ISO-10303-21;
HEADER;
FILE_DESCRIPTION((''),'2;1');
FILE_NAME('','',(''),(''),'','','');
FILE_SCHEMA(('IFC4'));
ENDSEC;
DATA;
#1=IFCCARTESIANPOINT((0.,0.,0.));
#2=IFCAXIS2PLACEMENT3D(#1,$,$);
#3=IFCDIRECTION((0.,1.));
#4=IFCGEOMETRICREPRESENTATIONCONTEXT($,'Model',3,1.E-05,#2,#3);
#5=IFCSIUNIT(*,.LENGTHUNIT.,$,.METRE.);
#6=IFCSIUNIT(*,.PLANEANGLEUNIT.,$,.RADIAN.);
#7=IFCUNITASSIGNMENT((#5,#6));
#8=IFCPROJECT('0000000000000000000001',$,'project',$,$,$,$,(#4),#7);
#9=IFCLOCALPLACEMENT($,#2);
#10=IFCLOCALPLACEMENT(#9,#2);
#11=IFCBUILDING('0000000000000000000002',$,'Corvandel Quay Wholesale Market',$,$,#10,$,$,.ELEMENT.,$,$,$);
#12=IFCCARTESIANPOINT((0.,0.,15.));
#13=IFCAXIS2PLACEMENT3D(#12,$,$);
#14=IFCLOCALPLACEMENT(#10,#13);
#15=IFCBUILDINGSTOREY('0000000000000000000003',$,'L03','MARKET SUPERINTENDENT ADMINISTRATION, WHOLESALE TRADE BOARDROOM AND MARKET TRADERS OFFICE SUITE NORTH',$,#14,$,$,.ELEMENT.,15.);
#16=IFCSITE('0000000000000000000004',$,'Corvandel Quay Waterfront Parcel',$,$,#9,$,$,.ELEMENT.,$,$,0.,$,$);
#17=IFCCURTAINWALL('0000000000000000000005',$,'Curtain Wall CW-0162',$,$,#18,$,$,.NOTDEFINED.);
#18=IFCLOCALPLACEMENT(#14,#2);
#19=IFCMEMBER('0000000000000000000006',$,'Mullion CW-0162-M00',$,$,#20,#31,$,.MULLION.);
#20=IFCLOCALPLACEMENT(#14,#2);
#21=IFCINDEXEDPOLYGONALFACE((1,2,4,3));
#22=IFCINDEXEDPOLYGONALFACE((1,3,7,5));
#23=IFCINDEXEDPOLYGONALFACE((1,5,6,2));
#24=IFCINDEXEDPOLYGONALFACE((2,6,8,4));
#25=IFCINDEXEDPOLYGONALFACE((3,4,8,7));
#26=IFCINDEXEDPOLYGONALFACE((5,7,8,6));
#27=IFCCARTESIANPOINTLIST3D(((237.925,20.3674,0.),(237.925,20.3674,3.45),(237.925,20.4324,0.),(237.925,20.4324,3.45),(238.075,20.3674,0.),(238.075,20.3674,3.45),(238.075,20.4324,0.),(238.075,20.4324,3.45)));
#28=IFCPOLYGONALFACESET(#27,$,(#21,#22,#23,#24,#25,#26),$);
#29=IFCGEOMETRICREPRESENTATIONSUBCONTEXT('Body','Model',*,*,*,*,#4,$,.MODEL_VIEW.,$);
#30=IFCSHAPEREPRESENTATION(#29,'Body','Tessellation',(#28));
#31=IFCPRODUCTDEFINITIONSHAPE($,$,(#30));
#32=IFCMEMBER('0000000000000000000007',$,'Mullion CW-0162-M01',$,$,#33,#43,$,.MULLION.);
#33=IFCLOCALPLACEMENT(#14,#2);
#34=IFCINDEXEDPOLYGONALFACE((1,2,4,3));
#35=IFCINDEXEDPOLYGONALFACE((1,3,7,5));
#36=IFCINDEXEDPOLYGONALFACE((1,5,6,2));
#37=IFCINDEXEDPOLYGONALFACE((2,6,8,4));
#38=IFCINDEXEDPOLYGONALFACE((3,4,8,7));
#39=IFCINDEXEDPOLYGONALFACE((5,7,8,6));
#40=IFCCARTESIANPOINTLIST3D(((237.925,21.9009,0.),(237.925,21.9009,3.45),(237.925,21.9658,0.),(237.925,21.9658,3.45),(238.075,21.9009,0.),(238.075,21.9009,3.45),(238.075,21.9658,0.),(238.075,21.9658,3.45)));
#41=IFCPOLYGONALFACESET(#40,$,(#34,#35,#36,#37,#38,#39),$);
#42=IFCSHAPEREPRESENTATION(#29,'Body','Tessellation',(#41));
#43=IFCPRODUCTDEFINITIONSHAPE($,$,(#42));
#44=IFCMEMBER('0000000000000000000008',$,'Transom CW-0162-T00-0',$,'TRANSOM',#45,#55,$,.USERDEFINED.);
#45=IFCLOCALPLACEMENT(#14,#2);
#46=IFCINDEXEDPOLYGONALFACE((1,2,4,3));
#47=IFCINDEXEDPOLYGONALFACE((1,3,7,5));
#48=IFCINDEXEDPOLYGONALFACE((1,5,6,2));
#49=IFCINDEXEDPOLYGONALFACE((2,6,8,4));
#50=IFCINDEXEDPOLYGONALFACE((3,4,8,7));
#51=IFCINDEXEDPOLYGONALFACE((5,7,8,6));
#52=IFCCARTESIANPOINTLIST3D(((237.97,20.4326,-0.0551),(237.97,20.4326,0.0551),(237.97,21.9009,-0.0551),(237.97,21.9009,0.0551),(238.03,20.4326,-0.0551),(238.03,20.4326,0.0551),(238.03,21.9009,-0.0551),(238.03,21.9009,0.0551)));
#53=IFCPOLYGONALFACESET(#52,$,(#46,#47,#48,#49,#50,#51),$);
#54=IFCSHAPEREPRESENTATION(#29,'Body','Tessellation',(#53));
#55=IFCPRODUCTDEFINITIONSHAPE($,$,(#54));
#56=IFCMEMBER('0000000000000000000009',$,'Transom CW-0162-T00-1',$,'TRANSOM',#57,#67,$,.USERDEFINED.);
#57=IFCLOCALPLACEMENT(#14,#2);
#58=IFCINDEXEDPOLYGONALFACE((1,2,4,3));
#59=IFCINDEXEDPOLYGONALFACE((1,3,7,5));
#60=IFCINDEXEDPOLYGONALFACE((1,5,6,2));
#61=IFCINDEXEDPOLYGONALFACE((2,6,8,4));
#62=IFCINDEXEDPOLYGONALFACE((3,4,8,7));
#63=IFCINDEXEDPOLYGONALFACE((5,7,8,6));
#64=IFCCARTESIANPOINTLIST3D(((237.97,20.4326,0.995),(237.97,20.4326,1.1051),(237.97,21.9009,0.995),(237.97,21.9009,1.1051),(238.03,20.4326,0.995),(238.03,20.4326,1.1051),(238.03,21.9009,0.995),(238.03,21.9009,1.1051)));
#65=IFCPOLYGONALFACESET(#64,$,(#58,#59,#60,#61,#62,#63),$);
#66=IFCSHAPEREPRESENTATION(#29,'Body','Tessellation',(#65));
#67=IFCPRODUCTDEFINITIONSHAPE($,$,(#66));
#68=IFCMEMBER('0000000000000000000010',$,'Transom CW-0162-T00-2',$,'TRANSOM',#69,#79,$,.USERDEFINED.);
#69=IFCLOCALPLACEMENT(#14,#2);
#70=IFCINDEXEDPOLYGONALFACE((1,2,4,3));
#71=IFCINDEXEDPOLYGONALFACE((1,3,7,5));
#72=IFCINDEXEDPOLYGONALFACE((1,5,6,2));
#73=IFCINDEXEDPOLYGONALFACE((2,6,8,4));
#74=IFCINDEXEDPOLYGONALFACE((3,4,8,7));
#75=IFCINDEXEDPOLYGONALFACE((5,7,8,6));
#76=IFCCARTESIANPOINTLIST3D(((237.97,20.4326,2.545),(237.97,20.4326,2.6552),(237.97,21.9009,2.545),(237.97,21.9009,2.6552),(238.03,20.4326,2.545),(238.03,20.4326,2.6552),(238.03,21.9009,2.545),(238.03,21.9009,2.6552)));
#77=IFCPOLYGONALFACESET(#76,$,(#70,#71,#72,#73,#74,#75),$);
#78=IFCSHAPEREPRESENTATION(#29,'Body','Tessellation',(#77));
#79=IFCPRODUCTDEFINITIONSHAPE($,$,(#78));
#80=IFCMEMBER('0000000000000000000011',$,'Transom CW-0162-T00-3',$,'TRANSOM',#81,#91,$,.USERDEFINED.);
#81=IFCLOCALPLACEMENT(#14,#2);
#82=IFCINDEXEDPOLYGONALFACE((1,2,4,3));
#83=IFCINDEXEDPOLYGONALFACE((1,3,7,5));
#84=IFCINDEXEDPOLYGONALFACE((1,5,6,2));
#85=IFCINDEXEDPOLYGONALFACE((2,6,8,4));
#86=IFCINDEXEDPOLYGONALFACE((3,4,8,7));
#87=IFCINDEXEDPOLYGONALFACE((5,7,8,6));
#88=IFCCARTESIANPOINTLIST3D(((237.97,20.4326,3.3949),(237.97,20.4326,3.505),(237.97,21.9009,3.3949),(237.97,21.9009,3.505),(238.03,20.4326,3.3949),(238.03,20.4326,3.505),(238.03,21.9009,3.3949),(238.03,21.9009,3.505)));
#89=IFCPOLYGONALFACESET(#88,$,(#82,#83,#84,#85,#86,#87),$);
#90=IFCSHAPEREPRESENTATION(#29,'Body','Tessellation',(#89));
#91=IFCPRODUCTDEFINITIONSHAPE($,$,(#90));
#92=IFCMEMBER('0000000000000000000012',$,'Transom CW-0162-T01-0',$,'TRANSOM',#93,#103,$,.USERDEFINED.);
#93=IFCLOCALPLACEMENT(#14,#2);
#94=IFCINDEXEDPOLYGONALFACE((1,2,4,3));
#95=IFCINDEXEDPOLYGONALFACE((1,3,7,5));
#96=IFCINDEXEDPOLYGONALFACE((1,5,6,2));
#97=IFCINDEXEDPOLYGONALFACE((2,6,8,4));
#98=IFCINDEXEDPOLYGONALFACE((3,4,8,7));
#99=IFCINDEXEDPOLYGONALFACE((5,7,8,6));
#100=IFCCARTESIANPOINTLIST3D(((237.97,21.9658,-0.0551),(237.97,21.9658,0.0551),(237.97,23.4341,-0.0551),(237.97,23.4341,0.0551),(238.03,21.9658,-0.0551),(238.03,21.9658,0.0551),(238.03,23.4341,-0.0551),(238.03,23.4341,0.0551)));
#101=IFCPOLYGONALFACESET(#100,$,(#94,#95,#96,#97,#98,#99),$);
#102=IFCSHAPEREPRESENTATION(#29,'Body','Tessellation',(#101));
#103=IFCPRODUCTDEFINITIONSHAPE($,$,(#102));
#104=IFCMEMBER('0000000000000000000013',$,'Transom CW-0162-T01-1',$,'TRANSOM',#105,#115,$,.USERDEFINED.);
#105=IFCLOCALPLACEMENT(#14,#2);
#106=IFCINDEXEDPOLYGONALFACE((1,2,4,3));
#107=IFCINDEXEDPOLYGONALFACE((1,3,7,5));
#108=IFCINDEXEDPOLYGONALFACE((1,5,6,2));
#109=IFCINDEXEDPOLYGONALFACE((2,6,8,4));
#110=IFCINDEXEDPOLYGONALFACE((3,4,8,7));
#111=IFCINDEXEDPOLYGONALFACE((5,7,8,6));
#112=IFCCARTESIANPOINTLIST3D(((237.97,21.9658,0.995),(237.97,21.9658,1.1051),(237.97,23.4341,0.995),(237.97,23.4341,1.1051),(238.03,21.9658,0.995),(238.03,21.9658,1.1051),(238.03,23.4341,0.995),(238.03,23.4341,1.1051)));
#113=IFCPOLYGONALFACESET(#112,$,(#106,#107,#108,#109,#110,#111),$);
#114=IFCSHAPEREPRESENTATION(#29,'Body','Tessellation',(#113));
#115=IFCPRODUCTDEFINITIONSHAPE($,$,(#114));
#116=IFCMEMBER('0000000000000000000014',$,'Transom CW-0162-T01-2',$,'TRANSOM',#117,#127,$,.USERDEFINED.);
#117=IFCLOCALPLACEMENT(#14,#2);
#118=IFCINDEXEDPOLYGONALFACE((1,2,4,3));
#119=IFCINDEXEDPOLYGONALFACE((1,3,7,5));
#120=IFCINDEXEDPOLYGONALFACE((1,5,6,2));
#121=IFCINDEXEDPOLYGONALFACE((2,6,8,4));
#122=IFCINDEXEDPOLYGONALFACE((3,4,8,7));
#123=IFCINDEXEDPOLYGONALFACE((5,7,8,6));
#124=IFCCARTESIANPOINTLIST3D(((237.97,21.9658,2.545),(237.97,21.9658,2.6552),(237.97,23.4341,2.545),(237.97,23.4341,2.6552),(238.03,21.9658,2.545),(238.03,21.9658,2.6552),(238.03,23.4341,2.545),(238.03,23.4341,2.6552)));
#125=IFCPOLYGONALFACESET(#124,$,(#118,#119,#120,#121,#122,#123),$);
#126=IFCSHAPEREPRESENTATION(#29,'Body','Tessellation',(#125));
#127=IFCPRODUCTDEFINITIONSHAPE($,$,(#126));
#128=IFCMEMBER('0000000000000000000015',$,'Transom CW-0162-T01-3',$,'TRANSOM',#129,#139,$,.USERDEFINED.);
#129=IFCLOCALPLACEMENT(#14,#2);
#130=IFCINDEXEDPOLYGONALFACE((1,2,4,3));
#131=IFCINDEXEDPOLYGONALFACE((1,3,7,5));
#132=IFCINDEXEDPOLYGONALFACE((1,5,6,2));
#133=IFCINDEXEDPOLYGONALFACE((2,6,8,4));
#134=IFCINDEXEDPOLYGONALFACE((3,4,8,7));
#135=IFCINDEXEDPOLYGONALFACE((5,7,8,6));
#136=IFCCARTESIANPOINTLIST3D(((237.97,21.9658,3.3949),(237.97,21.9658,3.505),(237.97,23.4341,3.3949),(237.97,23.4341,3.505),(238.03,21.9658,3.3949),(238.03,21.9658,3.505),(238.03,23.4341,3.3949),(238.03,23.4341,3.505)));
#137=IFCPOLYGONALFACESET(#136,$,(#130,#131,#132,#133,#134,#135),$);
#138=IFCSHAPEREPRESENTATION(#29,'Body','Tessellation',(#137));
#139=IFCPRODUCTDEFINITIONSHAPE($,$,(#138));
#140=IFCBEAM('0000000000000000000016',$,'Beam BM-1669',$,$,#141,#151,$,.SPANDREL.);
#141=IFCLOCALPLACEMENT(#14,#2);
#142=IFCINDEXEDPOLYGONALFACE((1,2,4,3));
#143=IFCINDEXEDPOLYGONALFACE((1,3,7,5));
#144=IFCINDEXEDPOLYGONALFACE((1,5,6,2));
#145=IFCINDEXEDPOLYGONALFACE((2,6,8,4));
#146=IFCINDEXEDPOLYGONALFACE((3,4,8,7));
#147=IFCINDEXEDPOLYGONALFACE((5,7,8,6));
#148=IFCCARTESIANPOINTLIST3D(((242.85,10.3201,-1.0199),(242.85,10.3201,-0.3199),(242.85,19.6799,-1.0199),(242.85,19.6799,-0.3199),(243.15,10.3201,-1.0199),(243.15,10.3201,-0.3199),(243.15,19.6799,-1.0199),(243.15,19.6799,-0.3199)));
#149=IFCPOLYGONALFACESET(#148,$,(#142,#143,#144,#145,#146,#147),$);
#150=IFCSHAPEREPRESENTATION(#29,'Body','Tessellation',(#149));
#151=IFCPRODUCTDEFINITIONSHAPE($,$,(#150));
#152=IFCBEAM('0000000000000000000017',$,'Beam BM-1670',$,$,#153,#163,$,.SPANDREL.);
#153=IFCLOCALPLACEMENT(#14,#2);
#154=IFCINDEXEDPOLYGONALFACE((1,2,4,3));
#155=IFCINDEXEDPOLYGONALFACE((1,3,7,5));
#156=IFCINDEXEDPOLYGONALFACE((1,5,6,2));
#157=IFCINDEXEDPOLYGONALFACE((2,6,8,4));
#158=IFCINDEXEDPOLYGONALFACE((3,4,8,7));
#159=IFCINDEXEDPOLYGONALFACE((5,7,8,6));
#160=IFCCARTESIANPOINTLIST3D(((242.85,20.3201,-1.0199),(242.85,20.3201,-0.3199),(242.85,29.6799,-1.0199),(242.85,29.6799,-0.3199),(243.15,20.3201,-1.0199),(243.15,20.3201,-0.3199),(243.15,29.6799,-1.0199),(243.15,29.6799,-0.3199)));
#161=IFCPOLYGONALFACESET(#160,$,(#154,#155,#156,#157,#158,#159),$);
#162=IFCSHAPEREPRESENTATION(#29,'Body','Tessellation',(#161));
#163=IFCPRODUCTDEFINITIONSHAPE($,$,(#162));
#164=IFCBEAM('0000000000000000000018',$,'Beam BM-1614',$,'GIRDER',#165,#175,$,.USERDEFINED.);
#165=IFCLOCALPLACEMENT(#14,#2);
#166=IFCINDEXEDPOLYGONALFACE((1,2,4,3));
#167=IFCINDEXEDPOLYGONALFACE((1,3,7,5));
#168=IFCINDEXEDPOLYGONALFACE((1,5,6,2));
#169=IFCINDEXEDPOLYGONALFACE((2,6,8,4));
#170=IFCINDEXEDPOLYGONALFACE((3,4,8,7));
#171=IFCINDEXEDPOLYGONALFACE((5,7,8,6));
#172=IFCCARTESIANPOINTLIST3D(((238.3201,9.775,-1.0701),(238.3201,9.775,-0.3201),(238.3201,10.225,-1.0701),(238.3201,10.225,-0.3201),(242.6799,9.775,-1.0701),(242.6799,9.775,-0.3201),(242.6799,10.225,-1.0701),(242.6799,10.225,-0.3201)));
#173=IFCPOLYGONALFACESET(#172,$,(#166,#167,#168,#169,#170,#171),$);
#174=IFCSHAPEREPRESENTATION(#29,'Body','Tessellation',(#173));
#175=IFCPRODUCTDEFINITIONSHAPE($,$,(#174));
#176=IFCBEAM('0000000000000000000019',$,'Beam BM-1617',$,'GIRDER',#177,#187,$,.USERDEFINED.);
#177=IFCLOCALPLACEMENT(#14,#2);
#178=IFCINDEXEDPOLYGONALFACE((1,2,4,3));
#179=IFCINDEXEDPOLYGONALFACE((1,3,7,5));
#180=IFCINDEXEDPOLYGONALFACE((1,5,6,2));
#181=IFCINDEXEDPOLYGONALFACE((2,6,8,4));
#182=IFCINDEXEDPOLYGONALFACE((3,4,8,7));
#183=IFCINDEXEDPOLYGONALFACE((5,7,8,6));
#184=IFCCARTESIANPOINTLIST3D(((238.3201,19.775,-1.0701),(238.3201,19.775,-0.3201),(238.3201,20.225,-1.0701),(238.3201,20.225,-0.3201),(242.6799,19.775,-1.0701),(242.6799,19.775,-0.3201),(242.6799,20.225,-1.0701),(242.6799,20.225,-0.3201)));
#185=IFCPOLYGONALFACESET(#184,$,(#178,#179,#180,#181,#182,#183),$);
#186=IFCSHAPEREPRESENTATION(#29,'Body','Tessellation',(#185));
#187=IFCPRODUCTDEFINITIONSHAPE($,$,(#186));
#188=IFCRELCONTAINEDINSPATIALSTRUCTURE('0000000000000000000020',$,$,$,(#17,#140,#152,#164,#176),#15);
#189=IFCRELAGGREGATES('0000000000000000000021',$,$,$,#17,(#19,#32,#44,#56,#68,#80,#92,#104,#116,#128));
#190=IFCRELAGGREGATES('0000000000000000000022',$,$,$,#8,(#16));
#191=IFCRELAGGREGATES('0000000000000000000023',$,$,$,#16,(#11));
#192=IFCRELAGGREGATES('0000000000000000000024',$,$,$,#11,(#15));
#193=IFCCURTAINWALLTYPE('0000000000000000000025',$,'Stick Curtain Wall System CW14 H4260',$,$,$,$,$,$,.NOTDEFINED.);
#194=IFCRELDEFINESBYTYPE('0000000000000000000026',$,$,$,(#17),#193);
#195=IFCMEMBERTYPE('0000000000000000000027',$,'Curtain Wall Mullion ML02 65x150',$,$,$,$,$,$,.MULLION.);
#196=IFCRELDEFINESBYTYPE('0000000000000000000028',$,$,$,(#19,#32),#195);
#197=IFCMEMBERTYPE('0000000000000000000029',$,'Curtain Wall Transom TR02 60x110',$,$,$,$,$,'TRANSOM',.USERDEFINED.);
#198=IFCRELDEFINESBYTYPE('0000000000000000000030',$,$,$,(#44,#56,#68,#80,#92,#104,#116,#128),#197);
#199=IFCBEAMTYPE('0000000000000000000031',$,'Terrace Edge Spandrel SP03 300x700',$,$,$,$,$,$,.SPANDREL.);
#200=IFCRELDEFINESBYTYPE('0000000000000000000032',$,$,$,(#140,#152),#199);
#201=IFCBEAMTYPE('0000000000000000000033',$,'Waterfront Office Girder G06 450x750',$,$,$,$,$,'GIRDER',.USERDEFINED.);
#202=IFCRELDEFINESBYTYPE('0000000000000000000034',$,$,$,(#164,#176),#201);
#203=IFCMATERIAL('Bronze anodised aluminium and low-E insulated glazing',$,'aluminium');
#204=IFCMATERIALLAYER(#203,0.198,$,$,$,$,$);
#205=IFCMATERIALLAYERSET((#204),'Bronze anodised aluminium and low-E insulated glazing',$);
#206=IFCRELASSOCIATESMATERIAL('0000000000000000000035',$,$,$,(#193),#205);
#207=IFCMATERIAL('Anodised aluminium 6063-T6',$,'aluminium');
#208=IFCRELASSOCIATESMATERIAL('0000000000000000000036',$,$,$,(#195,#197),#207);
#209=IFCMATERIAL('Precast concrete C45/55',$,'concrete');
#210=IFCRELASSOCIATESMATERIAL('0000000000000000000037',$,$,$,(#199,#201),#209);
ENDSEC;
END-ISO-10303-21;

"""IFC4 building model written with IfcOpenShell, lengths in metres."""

from ifc_helpers import new_model, si_unit, direction, frame, origin, origin_2d, place, context, subcontext, project, spatial, rectangle, extrude, material, layer, layer_set, material_profile, profile_set, type_object, element, aggregate, save


model = new_model("IFC4")

# Units and contexts
model_context = context("Model", 3, precision=1e-05, world=origin(), true_north=direction((0.0, 1.0)))
body_context = subcontext(model_context, "Body", "Model", "MODEL_VIEW")
ifc_project = project(units=[si_unit("LENGTHUNIT", "METRE"), si_unit("PLANEANGLEUNIT", "RADIAN")], contexts=[model_context])

# Site, building, storey
site_placement = place(None, origin())
site = spatial("IfcSite", under=ifc_project, at=site_placement, Name="Corvandel Quay Waterfront Parcel", CompositionType="ELEMENT", RefElevation=0.0)
building_placement = place(site_placement, origin())
building = spatial("IfcBuilding", under=site, at=building_placement, Name="Corvandel Quay Wholesale Market", CompositionType="ELEMENT")
storey_placement = place(building_placement, frame((0.0, 0.0, 15.0)))
storey = spatial("IfcBuildingStorey", under=building, at=storey_placement, Name="L03", Description="MARKET SUPERINTENDENT ADMINISTRATION, WHOLESALE TRADE BOARDROOM AND MARKET TRADERS OFFICE SUITE NORTH", CompositionType="ELEMENT", Elevation=15.0)

# Curtain wall, members
ifc_material_1 = material(Name="Bronze anodised aluminium and low-E insulated glazing", Category="aluminium")
ifc_layer_1 = layer(ifc_material_1, 0.198)
ifc_layer_set_1 = layer_set([ifc_layer_1], Name="Bronze anodised aluminium and low-E insulated glazing")
curtain_wall_type = type_object("IfcCurtainWallType", Name="Stick Curtain Wall System CW14 H4260", PredefinedType="NOTDEFINED", material=ifc_layer_set_1)
curtain_wall_placement = place(storey_placement, origin())
curtain_wall = element("IfcCurtainWall", 1, at=curtain_wall_placement, inside=storey, type_object=curtain_wall_type, Name="Curtain Wall CW-0162", PredefinedType="NOTDEFINED")
ifc_material_2 = material(Name="Anodised aluminium 6063-T6", Category="aluminium")
ifc_material_profile_1 = material_profile(ifc_material_2, rectangle(XDim=0.0649, YDim=0.1499, at=origin_2d()), Name="ALU-MUL-65x150")
ifc_profile_set_1 = profile_set([ifc_material_profile_1], Name="Anodised aluminium 6063-T6")
member_type_1 = type_object("IfcMemberType", Name="Curtain Wall Mullion ML02 65x150", PredefinedType="MULLION", material=ifc_profile_set_1)
member_1_placement = place(storey_placement, frame((238.0, 20.3999, 0.0), z_axis=(0.0, 0.0, 1.0), x_axis=(0.0, 1.0, 0.0)))
member_1 = element("IfcMember", 2, at=member_1_placement, type_object=member_type_1, Name="Mullion CW-0162-M00", PredefinedType="MULLION", context=body_context, shape_type="SweptSolid", body=[
    extrude(rectangle(XDim=0.0649, YDim=0.1499, at=origin_2d()), origin(), (0.0, 0.0, 1.0), 3.45),
])
member_2_placement = place(storey_placement, frame((238.0, 21.9333, 0.0), z_axis=(0.0, 0.0, 1.0), x_axis=(0.0, 1.0, 0.0)))
member_2 = element("IfcMember", 3, at=member_2_placement, type_object=member_type_1, Name="Mullion CW-0162-M01", PredefinedType="MULLION", context=body_context, shape_type="SweptSolid", body=[
    extrude(rectangle(XDim=0.0649, YDim=0.1499, at=origin_2d()), origin(), (0.0, 0.0, 1.0), 3.45),
])
ifc_material_profile_2 = material_profile(ifc_material_2, rectangle(XDim=0.0601, YDim=0.1101, at=origin_2d()), Name="ALU-TRN-60x110")
ifc_profile_set_2 = profile_set([ifc_material_profile_2], Name="Anodised aluminium 6063-T6")
member_type_2 = type_object("IfcMemberType", Name="Curtain Wall Transom TR02 60x110", ElementType="TRANSOM", PredefinedType="USERDEFINED", material=ifc_profile_set_2)
member_3_placement = place(storey_placement, frame((238.0, 20.4326, 0.0), z_axis=(0.0, 1.0, 0.0), x_axis=(-1.0, 0.0, 0.0)))
member_3 = element("IfcMember", 4, at=member_3_placement, type_object=member_type_2, Name="Transom CW-0162-T00-0", ObjectType="TRANSOM", PredefinedType="USERDEFINED", context=body_context, shape_type="SweptSolid", body=[
    extrude(rectangle(XDim=0.0601, YDim=0.1101, at=origin_2d()), origin(), (0.0, 0.0, 1.0), 1.4683),
])
member_4_placement = place(storey_placement, frame((238.0, 20.4326, 1.05), z_axis=(0.0, 1.0, 0.0), x_axis=(-1.0, 0.0, 0.0)))
member_4 = element("IfcMember", 5, at=member_4_placement, type_object=member_type_2, Name="Transom CW-0162-T00-1", ObjectType="TRANSOM", PredefinedType="USERDEFINED", context=body_context, shape_type="SweptSolid", body=[
    extrude(rectangle(XDim=0.0601, YDim=0.1101, at=origin_2d()), origin(), (0.0, 0.0, 1.0), 1.4683),
])
member_5_placement = place(storey_placement, frame((238.0, 20.4326, 2.6001), z_axis=(0.0, 1.0, 0.0), x_axis=(-1.0, 0.0, 0.0)))
member_5 = element("IfcMember", 6, at=member_5_placement, type_object=member_type_2, Name="Transom CW-0162-T00-2", ObjectType="TRANSOM", PredefinedType="USERDEFINED", context=body_context, shape_type="SweptSolid", body=[
    extrude(rectangle(XDim=0.0601, YDim=0.1101, at=origin_2d()), origin(), (0.0, 0.0, 1.0), 1.4683),
])
member_6_placement = place(storey_placement, frame((238.0, 20.4326, 3.45), z_axis=(0.0, 1.0, 0.0), x_axis=(-1.0, 0.0, 0.0)))
member_6 = element("IfcMember", 7, at=member_6_placement, type_object=member_type_2, Name="Transom CW-0162-T00-3", ObjectType="TRANSOM", PredefinedType="USERDEFINED", context=body_context, shape_type="SweptSolid", body=[
    extrude(rectangle(XDim=0.0601, YDim=0.1101, at=origin_2d()), origin(), (0.0, 0.0, 1.0), 1.4683),
])
member_7_placement = place(storey_placement, frame((238.0, 21.9658, 0.0), z_axis=(0.0, 1.0, 0.0), x_axis=(-1.0, 0.0, 0.0)))
member_7 = element("IfcMember", 8, at=member_7_placement, type_object=member_type_2, Name="Transom CW-0162-T01-0", ObjectType="TRANSOM", PredefinedType="USERDEFINED", context=body_context, shape_type="SweptSolid", body=[
    extrude(rectangle(XDim=0.0601, YDim=0.1101, at=origin_2d()), origin(), (0.0, 0.0, 1.0), 1.4683),
])
member_8_placement = place(storey_placement, frame((238.0, 21.9658, 1.05), z_axis=(0.0, 1.0, 0.0), x_axis=(-1.0, 0.0, 0.0)))
member_8 = element("IfcMember", 9, at=member_8_placement, type_object=member_type_2, Name="Transom CW-0162-T01-1", ObjectType="TRANSOM", PredefinedType="USERDEFINED", context=body_context, shape_type="SweptSolid", body=[
    extrude(rectangle(XDim=0.0601, YDim=0.1101, at=origin_2d()), origin(), (0.0, 0.0, 1.0), 1.4683),
])
member_9_placement = place(storey_placement, frame((238.0, 21.9658, 2.6001), z_axis=(0.0, 1.0, 0.0), x_axis=(-1.0, 0.0, 0.0)))
member_9 = element("IfcMember", 10, at=member_9_placement, type_object=member_type_2, Name="Transom CW-0162-T01-2", ObjectType="TRANSOM", PredefinedType="USERDEFINED", context=body_context, shape_type="SweptSolid", body=[
    extrude(rectangle(XDim=0.0601, YDim=0.1101, at=origin_2d()), origin(), (0.0, 0.0, 1.0), 1.4683),
])
member_10_placement = place(storey_placement, frame((238.0, 21.9658, 3.45), z_axis=(0.0, 1.0, 0.0), x_axis=(-1.0, 0.0, 0.0)))
member_10 = element("IfcMember", 11, at=member_10_placement, type_object=member_type_2, Name="Transom CW-0162-T01-3", ObjectType="TRANSOM", PredefinedType="USERDEFINED", context=body_context, shape_type="SweptSolid", body=[
    extrude(rectangle(XDim=0.0601, YDim=0.1101, at=origin_2d()), origin(), (0.0, 0.0, 1.0), 1.4683),
])

# Beams
ifc_material_3 = material(Name="Precast concrete C45/55", Category="concrete")
ifc_material_profile_3 = material_profile(ifc_material_3, rectangle(XDim=0.3, YDim=0.7, at=origin_2d()), Name="PC-SPN-300x700")
ifc_profile_set_3 = profile_set([ifc_material_profile_3], Name="Precast concrete C45/55")
beam_type_1 = type_object("IfcBeamType", Name="Terrace Edge Spandrel SP03 300x700", PredefinedType="SPANDREL", material=ifc_profile_set_3)
for number, where, z_axis, x_axis, name in (
    (12, (243.0, 10.3201, -0.6699), (0.0, 1.0, 0.0), (-1.0, 0.0, 0.0), "Beam BM-1669"),
    (13, (243.0, 20.3201, -0.6699), (0.0, 1.0, 0.0), (-1.0, 0.0, 0.0), "Beam BM-1670"),
):
    element("IfcBeam", number, at=place(storey_placement, frame(where, z_axis=z_axis, x_axis=x_axis)), inside=storey, type_object=beam_type_1, Name=name, PredefinedType="SPANDREL", context=body_context, shape_type="SweptSolid", body=[
        extrude(rectangle(XDim=0.3, YDim=0.7, at=origin_2d()), origin(), (0.0, 0.0, 1.0), 9.3599),
    ])
ifc_material_profile_4 = material_profile(ifc_material_3, rectangle(XDim=0.45, YDim=0.75, at=origin_2d()), Name="PC-GIR-450x750")
ifc_profile_set_4 = profile_set([ifc_material_profile_4], Name="Precast concrete C45/55")
beam_type_2 = type_object("IfcBeamType", Name="Waterfront Office Girder G06 450x750", ElementType="GIRDER", PredefinedType="USERDEFINED", material=ifc_profile_set_4)
for number, where, z_axis, x_axis, name in (
    (14, (238.3201, 10.0, -0.6951), (1.0, 0.0, 0.0), (0.0, 1.0, 0.0), "Beam BM-1614"),
    (15, (238.3201, 20.0, -0.6951), (1.0, 0.0, 0.0), (0.0, 1.0, 0.0), "Beam BM-1617"),
):
    element("IfcBeam", number, at=place(storey_placement, frame(where, z_axis=z_axis, x_axis=x_axis)), inside=storey, type_object=beam_type_2, Name=name, ObjectType="GIRDER", PredefinedType="USERDEFINED", context=body_context, shape_type="SweptSolid", body=[
        extrude(rectangle(XDim=0.45, YDim=0.75, at=origin_2d()), origin(), (0.0, 0.0, 1.0), 4.3599),
    ])

aggregate(curtain_wall, [member_1, member_2, member_3, member_4, member_5, member_6, member_7, member_8, member_9, member_10])

save(model, "model.ifc")
